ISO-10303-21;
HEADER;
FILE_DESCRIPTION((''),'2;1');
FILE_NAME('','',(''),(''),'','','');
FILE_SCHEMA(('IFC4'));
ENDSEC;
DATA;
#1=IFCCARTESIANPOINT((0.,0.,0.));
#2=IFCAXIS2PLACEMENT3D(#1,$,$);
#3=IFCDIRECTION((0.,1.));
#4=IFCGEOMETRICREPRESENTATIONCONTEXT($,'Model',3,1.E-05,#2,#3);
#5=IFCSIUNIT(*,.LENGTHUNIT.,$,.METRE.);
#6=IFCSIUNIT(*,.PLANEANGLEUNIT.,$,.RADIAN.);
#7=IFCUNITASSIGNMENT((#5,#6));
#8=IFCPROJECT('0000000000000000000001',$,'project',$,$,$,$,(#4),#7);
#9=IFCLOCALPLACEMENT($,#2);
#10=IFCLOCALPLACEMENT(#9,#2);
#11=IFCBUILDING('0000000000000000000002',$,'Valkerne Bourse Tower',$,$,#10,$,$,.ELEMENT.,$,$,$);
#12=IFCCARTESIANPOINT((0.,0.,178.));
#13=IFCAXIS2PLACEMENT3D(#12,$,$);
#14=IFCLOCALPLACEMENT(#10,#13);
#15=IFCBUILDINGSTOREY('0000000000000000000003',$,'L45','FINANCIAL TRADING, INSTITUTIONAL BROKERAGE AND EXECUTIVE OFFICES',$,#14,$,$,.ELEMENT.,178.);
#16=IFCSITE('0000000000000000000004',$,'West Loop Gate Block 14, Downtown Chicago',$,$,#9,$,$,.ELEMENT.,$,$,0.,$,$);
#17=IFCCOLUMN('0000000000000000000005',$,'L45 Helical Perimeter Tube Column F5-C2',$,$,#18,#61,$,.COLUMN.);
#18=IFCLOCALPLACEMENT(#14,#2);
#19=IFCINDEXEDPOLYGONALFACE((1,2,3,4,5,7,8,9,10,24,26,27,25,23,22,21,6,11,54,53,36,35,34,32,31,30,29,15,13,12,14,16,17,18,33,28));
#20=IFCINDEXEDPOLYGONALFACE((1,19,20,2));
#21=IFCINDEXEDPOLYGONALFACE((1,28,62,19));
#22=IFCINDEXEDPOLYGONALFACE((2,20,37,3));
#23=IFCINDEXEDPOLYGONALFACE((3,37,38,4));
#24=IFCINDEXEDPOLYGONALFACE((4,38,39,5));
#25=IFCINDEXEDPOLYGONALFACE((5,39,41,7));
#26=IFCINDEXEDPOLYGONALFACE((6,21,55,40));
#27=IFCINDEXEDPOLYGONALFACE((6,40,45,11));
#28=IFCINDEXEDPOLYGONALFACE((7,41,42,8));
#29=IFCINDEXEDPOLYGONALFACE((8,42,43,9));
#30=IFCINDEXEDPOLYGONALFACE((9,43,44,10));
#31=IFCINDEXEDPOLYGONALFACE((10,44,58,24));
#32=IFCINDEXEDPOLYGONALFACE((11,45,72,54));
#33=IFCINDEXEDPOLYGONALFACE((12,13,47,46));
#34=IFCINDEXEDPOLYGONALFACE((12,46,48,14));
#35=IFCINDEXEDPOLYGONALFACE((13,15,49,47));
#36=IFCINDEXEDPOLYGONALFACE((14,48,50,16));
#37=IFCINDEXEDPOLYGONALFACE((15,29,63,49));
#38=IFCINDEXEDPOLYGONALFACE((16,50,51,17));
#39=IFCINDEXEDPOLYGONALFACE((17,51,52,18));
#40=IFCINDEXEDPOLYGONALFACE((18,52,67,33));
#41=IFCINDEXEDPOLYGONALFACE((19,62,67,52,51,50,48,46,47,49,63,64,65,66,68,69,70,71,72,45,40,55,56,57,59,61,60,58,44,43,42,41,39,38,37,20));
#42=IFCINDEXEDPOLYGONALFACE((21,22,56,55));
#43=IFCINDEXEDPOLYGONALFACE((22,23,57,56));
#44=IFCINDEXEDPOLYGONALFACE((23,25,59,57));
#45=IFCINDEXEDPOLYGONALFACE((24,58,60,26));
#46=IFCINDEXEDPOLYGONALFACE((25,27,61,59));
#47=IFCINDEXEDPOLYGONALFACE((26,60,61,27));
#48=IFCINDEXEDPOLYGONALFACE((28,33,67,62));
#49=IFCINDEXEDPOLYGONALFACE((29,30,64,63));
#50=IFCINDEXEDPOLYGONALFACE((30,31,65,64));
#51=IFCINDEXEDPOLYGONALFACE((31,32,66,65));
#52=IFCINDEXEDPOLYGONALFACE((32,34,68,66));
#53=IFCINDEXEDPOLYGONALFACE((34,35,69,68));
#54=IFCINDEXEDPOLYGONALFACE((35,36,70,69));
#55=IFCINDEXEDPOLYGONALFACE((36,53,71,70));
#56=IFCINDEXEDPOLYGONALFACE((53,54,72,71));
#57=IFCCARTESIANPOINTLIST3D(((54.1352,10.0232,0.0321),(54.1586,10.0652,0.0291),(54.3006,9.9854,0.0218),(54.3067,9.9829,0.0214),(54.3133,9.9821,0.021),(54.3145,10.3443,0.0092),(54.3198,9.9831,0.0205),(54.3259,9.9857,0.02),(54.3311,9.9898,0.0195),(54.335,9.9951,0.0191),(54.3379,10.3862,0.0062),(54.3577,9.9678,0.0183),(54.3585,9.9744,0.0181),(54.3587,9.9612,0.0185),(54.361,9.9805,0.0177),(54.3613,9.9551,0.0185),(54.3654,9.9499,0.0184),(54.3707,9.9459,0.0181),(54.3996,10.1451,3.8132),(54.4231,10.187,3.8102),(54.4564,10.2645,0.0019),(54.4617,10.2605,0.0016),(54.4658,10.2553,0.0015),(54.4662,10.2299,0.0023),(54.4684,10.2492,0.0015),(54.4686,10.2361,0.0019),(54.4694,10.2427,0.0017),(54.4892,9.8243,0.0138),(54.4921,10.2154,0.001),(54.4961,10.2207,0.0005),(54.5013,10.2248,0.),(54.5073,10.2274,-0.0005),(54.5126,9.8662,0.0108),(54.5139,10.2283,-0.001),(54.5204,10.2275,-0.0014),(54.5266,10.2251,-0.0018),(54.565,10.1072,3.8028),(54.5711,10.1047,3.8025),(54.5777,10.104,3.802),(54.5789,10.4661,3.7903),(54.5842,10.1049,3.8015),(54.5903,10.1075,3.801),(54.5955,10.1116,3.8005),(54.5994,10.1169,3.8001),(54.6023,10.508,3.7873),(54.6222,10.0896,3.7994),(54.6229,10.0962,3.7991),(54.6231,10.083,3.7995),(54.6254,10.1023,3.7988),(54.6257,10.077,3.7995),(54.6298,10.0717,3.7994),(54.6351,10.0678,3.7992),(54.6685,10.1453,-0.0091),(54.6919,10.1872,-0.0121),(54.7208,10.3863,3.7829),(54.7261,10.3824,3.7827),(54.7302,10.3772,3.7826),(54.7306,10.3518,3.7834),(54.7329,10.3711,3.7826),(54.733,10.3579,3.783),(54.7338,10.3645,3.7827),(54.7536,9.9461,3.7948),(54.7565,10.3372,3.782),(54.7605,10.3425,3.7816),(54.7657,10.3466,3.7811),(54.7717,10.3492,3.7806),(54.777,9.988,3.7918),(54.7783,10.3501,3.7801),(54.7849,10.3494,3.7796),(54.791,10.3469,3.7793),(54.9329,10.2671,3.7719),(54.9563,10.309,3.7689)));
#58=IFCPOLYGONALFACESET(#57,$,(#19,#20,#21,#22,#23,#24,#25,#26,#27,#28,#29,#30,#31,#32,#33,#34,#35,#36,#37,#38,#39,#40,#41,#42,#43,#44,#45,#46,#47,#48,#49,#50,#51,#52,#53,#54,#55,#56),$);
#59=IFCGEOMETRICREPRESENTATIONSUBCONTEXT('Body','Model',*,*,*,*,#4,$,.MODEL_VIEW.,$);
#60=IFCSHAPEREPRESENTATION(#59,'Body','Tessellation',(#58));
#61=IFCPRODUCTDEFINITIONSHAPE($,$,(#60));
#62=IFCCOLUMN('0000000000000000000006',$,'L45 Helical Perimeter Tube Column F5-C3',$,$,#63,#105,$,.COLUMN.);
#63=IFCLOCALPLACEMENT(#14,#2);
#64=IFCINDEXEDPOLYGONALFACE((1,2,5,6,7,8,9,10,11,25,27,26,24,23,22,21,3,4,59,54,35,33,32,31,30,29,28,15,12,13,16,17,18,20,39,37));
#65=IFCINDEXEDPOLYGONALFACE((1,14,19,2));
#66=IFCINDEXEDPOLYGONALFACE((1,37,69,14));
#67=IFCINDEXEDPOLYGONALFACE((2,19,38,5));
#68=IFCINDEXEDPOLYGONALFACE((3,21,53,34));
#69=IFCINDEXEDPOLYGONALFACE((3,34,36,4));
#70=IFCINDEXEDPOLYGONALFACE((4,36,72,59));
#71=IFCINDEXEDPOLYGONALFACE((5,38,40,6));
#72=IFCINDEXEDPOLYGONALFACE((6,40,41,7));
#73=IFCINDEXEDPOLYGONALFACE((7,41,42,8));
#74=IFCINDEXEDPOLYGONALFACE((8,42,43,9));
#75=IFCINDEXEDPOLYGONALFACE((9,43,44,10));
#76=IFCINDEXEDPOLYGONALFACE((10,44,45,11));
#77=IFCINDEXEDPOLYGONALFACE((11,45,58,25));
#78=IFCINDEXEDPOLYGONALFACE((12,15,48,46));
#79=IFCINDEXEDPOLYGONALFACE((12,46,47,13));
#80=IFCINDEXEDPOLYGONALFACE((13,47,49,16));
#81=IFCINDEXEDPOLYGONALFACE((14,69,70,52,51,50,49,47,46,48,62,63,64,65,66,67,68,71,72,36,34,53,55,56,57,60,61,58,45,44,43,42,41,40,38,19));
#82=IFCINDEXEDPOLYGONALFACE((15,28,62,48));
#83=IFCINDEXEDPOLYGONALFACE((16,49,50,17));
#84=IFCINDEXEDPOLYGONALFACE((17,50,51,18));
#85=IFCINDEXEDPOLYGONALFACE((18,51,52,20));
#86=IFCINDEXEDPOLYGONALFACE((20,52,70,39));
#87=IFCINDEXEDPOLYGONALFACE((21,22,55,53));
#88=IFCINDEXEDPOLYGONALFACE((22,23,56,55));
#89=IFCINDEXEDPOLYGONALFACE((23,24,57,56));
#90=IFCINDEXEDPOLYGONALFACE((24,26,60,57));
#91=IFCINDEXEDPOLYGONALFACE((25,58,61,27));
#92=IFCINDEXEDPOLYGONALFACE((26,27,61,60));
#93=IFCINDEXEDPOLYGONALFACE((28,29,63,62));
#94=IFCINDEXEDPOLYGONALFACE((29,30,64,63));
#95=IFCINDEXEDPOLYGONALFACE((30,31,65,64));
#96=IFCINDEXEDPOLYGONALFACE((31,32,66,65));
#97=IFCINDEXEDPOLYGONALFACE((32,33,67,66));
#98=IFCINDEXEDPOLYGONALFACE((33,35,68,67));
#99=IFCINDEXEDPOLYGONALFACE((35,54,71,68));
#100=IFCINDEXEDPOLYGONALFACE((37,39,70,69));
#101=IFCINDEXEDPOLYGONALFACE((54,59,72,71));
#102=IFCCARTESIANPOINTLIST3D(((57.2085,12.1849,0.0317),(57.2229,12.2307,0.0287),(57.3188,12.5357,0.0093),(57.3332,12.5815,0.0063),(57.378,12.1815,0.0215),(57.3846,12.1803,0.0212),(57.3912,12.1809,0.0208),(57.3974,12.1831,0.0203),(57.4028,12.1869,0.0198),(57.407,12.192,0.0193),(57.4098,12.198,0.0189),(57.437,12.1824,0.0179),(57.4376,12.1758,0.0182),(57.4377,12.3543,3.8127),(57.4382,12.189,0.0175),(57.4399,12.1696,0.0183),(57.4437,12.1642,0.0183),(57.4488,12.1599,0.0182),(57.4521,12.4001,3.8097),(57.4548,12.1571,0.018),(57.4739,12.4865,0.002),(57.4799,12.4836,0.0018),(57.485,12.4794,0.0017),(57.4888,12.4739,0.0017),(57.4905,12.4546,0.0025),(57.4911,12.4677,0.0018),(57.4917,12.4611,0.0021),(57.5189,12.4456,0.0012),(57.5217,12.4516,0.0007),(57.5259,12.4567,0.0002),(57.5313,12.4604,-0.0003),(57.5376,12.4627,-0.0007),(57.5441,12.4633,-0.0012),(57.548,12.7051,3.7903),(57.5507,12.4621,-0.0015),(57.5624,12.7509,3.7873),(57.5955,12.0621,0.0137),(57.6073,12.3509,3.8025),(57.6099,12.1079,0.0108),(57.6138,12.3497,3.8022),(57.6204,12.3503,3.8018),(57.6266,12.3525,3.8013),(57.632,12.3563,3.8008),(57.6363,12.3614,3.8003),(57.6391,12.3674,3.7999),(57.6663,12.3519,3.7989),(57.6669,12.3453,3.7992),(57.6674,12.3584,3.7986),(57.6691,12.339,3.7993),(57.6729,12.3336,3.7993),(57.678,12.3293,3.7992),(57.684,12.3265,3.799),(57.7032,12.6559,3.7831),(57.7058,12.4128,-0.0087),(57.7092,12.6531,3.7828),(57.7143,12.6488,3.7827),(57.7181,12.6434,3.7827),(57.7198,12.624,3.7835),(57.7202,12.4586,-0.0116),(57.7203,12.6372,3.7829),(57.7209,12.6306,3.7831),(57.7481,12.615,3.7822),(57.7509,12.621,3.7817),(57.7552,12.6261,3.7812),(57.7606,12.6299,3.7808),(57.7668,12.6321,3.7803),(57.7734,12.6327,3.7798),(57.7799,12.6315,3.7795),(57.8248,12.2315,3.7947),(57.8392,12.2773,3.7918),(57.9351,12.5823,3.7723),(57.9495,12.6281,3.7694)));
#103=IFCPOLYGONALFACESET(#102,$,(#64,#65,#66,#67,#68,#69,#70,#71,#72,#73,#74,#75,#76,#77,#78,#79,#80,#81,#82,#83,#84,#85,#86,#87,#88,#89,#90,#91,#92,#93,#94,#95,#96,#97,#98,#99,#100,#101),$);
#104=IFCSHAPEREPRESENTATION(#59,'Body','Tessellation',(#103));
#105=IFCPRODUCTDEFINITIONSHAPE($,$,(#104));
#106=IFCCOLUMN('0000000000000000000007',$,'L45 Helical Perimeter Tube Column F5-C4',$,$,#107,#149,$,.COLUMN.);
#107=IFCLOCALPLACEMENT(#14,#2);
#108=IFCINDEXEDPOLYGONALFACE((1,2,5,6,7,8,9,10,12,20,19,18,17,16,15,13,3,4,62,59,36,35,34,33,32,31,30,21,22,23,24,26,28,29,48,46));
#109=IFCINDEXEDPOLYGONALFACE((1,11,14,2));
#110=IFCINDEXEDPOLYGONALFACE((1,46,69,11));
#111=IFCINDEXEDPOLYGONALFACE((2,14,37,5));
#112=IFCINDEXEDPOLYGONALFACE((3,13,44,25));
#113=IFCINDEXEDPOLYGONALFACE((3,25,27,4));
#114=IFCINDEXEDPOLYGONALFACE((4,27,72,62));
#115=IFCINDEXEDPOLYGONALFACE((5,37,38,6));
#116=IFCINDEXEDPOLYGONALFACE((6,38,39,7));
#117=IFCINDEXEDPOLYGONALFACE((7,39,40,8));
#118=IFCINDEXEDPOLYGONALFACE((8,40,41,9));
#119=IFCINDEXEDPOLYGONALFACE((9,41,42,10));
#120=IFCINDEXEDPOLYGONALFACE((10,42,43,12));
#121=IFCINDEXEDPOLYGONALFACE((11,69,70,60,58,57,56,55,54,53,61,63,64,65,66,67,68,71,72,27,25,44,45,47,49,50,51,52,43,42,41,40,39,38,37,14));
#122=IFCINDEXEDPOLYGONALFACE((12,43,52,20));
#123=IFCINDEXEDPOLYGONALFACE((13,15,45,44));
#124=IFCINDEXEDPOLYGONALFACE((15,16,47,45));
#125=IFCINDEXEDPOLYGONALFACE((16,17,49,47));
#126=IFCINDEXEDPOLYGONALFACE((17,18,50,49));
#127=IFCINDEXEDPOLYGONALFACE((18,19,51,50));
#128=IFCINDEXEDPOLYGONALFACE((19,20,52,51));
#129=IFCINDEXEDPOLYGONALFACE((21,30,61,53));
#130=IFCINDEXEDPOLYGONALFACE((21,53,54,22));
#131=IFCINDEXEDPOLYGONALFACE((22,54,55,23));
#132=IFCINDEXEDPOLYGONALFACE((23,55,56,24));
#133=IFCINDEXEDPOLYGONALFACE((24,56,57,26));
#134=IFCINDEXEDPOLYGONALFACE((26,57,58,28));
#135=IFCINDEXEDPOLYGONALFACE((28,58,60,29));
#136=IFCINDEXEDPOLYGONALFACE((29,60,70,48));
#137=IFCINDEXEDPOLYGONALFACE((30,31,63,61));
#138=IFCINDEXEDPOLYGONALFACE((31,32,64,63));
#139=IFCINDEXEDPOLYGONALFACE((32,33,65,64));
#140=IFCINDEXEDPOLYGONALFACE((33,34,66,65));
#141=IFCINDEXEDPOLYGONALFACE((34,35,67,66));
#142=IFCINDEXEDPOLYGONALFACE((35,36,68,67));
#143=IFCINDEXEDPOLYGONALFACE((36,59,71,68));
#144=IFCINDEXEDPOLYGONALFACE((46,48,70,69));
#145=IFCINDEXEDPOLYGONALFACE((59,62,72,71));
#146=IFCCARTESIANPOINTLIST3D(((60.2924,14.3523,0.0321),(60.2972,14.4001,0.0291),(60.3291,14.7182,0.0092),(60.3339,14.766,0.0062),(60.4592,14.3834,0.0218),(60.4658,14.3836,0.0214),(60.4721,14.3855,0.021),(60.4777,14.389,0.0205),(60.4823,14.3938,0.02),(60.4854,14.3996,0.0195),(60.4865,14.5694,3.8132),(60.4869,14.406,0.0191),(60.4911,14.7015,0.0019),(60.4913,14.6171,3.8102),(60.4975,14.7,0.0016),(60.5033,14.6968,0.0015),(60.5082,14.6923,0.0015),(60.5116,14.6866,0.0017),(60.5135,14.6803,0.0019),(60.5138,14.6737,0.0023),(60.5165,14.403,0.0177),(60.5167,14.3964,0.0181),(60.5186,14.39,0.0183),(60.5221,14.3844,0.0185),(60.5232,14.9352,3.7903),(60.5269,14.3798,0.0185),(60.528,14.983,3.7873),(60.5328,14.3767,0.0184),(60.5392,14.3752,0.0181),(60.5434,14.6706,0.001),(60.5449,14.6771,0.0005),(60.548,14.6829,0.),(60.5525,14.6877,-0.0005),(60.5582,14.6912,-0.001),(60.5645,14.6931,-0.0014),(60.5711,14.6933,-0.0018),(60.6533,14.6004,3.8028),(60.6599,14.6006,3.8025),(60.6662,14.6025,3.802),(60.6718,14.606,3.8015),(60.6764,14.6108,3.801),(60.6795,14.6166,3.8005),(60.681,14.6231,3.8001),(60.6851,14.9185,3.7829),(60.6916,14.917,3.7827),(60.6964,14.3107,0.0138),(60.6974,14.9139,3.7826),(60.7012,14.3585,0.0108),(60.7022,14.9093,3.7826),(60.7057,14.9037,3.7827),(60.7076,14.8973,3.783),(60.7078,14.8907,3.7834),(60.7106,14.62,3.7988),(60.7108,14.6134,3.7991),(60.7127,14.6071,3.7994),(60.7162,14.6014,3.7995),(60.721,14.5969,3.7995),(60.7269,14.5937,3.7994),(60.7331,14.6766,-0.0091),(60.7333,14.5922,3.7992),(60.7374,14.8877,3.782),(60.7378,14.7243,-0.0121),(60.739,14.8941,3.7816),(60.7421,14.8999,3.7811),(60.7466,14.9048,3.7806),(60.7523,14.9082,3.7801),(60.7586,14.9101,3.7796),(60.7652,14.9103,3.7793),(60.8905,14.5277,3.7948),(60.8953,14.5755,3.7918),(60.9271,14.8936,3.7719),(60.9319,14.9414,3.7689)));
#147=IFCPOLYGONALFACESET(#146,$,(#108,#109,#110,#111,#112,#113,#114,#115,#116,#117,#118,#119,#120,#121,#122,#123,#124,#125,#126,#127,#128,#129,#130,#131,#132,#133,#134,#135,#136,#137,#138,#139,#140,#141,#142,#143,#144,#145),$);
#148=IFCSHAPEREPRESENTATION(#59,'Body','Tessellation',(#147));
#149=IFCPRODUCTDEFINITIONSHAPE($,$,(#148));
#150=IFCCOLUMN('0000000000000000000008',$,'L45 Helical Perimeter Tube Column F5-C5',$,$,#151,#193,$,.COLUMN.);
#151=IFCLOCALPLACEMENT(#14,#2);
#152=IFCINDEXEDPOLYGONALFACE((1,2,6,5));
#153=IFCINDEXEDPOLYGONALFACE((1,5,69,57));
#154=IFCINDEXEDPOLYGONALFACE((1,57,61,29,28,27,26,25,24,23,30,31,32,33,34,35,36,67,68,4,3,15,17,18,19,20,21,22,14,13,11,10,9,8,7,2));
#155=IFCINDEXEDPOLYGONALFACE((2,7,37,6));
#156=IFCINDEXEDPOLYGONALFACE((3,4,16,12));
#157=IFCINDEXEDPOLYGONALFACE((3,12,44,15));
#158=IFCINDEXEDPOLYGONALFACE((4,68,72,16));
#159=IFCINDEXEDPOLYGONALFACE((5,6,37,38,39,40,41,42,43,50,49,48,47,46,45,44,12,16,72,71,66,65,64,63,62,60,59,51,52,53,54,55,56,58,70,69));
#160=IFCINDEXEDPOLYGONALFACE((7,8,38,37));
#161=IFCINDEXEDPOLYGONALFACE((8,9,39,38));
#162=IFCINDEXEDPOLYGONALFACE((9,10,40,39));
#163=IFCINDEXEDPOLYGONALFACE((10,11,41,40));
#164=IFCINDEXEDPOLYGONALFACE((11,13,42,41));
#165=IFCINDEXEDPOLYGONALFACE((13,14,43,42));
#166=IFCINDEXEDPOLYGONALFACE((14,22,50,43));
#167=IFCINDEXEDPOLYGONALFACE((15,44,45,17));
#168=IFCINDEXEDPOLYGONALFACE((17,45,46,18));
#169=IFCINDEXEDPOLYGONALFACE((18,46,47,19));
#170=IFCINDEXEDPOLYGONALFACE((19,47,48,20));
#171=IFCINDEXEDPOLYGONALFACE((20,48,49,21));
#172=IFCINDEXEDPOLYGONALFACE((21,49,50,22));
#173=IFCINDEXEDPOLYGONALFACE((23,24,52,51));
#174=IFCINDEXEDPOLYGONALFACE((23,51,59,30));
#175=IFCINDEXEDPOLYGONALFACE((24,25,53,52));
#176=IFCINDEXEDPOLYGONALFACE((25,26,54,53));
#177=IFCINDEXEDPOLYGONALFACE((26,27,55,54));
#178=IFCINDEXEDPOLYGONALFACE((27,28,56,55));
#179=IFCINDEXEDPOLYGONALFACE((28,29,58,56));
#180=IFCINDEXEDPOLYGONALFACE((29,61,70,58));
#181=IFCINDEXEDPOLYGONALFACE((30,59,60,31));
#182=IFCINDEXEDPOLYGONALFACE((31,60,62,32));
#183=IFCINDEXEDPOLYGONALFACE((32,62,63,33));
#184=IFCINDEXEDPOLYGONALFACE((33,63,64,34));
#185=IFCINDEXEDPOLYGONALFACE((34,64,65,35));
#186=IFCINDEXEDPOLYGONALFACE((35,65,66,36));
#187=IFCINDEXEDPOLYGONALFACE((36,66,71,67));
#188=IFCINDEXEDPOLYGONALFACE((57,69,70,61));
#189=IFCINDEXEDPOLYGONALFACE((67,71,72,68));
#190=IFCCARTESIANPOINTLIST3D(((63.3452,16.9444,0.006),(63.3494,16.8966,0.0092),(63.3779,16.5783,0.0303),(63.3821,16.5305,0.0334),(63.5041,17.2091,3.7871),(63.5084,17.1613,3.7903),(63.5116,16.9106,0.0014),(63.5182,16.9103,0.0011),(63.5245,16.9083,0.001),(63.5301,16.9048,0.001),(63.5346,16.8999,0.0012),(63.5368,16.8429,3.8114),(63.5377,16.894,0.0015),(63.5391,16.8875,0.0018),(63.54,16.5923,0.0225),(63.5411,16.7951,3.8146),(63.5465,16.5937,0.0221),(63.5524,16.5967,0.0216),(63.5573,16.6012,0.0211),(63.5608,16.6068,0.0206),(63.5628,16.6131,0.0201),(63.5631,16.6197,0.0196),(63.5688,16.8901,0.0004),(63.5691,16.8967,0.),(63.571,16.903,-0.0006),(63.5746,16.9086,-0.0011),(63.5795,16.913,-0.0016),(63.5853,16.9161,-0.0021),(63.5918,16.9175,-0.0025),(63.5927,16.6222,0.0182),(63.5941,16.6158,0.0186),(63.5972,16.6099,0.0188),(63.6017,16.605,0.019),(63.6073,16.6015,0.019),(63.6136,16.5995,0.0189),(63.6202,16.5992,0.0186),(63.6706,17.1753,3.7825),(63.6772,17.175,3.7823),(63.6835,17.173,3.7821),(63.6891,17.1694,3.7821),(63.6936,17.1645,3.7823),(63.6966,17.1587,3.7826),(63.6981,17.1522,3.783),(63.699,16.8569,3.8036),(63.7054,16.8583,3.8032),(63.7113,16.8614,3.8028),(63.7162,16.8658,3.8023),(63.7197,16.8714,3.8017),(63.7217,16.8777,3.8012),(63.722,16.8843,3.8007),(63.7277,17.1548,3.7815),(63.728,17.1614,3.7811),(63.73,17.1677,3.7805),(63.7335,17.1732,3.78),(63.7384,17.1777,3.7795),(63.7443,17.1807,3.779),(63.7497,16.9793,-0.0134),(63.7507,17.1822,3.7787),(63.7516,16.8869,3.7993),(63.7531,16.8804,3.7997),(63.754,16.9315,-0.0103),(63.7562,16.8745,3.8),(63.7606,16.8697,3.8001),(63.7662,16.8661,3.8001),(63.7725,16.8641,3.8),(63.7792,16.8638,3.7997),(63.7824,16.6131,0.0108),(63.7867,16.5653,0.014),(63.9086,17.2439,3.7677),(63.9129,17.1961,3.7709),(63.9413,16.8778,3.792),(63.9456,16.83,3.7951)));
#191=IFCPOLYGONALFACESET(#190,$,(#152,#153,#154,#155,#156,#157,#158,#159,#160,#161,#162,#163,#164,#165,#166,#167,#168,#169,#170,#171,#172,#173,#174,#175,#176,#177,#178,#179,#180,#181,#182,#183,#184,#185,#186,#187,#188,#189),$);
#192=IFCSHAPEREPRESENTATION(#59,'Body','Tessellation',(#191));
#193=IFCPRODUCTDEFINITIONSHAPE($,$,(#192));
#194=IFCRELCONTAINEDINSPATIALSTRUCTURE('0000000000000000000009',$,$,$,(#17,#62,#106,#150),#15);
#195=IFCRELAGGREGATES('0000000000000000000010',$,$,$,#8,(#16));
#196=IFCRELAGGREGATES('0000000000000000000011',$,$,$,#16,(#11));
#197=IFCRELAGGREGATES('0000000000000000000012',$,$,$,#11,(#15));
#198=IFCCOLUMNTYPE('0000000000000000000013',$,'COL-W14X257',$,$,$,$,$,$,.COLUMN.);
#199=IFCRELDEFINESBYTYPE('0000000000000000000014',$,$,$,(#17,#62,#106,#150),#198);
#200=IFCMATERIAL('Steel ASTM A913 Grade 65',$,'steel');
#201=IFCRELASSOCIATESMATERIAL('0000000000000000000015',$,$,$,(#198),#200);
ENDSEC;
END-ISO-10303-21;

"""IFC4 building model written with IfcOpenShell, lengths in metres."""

from ifc_helpers import new_model, si_unit, direction, frame, origin, origin_2d, place, context, subcontext, project, spatial, i_section, extrude, material, material_profile, profile_set, type_object, element, save


model = new_model("IFC4")

# Units and contexts
model_context = context("Model", 3, precision=1e-05, world=origin(), true_north=direction((0.0, 1.0)))
body_context = subcontext(model_context, "Body", "Model", "MODEL_VIEW")
ifc_project = project(units=[si_unit("LENGTHUNIT", "METRE"), si_unit("PLANEANGLEUNIT", "RADIAN")], contexts=[model_context])

# Site, building, storey
site_placement = place(None, origin())
site = spatial("IfcSite", under=ifc_project, at=site_placement, Name="West Loop Gate Block 14, Downtown Chicago", CompositionType="ELEMENT", RefElevation=0.0)
building_placement = place(site_placement, origin())
building = spatial("IfcBuilding", under=site, at=building_placement, Name="Valkerne Bourse Tower", CompositionType="ELEMENT")
storey_placement = place(building_placement, frame((0.0, 0.0, 178.0)))
storey = spatial("IfcBuildingStorey", under=building, at=storey_placement, Name="L45", Description="FINANCIAL TRADING, INSTITUTIONAL BROKERAGE AND EXECUTIVE OFFICES", CompositionType="ELEMENT", Elevation=178.0)

# Columns
ifc_material_1 = material(Name="Steel ASTM A913 Grade 65", Category="steel")
ifc_material_profile_1 = material_profile(ifc_material_1, i_section(OverallWidth=0.4065, OverallDepth=0.4165, WebThickness=0.0298, FlangeThickness=0.0481, FilletRadius=0.0254, at=origin_2d()), Name="W14X257")
ifc_profile_set_1 = profile_set([ifc_material_profile_1], Name="Steel ASTM A913 Grade 65")
column_type = type_object("IfcColumnType", Name="COL-W14X257", PredefinedType="COLUMN", material=ifc_profile_set_1)
column_1_placement = place(storey_placement, frame((54.4136, 10.1052, 0.01), z_axis=(0.069723, 0.032125, 0.997049), x_axis=(-0.87082, 0.489526, 0.045123)))
element("IfcColumn", 1, at=column_1_placement, inside=storey, type_object=column_type, Name="L45 Helical Perimeter Tube Column F5-C2", PredefinedType="COLUMN", context=body_context, shape_type="SweptSolid", body=[
    extrude(i_section(OverallWidth=0.4065, OverallDepth=0.4165, WebThickness=0.0298, FlangeThickness=0.0481, FilletRadius=0.0254, at=origin_2d()), origin(), (0.0, 0.0, 1.0), 3.7922),
])
column_2_placement = place(storey_placement, frame((57.4644, 12.3218, 0.01), z_axis=(0.06046, 0.044685, 0.99717), x_axis=(-0.952209, 0.302235, 0.04419)))
element("IfcColumn", 2, at=column_2_placement, inside=storey, type_object=column_type, Name="L45 Helical Perimeter Tube Column F5-C3", PredefinedType="COLUMN", context=body_context, shape_type="SweptSolid", body=[
    extrude(i_section(OverallWidth=0.4065, OverallDepth=0.4165, WebThickness=0.0298, FlangeThickness=0.0481, FilletRadius=0.0254, at=origin_2d()), origin(), (0.0, 0.0, 1.0), 3.7917),
])
column_3_placement = place(storey_placement, frame((60.5151, 14.5383, 0.01), z_axis=(0.051182, 0.057234, 0.997048), x_axis=(-0.993715, 0.102438, 0.04513)))
element("IfcColumn", 3, at=column_3_placement, inside=storey, type_object=column_type, Name="L45 Helical Perimeter Tube Column F5-C4", PredefinedType="COLUMN", context=body_context, shape_type="SweptSolid", body=[
    extrude(i_section(OverallWidth=0.4065, OverallDepth=0.4165, WebThickness=0.0298, FlangeThickness=0.0481, FilletRadius=0.0254, at=origin_2d()), origin(), (0.0, 0.0, 1.0), 3.7922),
])
column_4_placement = place(storey_placement, frame((63.5659, 16.7549, 0.01), z_axis=(0.041896, 0.069762, 0.996683), x_axis=(-0.995171, -0.085709, 0.047831)))
element("IfcColumn", 4, at=column_4_placement, inside=storey, type_object=column_type, Name="L45 Helical Perimeter Tube Column F5-C5", PredefinedType="COLUMN", context=body_context, shape_type="SweptSolid", body=[
    extrude(i_section(OverallWidth=0.4065, OverallDepth=0.4165, WebThickness=0.0298, FlangeThickness=0.0481, FilletRadius=0.0254, at=origin_2d()), origin(), (0.0, 0.0, 1.0), 3.7937),
])

save(model, "model.ifc")
